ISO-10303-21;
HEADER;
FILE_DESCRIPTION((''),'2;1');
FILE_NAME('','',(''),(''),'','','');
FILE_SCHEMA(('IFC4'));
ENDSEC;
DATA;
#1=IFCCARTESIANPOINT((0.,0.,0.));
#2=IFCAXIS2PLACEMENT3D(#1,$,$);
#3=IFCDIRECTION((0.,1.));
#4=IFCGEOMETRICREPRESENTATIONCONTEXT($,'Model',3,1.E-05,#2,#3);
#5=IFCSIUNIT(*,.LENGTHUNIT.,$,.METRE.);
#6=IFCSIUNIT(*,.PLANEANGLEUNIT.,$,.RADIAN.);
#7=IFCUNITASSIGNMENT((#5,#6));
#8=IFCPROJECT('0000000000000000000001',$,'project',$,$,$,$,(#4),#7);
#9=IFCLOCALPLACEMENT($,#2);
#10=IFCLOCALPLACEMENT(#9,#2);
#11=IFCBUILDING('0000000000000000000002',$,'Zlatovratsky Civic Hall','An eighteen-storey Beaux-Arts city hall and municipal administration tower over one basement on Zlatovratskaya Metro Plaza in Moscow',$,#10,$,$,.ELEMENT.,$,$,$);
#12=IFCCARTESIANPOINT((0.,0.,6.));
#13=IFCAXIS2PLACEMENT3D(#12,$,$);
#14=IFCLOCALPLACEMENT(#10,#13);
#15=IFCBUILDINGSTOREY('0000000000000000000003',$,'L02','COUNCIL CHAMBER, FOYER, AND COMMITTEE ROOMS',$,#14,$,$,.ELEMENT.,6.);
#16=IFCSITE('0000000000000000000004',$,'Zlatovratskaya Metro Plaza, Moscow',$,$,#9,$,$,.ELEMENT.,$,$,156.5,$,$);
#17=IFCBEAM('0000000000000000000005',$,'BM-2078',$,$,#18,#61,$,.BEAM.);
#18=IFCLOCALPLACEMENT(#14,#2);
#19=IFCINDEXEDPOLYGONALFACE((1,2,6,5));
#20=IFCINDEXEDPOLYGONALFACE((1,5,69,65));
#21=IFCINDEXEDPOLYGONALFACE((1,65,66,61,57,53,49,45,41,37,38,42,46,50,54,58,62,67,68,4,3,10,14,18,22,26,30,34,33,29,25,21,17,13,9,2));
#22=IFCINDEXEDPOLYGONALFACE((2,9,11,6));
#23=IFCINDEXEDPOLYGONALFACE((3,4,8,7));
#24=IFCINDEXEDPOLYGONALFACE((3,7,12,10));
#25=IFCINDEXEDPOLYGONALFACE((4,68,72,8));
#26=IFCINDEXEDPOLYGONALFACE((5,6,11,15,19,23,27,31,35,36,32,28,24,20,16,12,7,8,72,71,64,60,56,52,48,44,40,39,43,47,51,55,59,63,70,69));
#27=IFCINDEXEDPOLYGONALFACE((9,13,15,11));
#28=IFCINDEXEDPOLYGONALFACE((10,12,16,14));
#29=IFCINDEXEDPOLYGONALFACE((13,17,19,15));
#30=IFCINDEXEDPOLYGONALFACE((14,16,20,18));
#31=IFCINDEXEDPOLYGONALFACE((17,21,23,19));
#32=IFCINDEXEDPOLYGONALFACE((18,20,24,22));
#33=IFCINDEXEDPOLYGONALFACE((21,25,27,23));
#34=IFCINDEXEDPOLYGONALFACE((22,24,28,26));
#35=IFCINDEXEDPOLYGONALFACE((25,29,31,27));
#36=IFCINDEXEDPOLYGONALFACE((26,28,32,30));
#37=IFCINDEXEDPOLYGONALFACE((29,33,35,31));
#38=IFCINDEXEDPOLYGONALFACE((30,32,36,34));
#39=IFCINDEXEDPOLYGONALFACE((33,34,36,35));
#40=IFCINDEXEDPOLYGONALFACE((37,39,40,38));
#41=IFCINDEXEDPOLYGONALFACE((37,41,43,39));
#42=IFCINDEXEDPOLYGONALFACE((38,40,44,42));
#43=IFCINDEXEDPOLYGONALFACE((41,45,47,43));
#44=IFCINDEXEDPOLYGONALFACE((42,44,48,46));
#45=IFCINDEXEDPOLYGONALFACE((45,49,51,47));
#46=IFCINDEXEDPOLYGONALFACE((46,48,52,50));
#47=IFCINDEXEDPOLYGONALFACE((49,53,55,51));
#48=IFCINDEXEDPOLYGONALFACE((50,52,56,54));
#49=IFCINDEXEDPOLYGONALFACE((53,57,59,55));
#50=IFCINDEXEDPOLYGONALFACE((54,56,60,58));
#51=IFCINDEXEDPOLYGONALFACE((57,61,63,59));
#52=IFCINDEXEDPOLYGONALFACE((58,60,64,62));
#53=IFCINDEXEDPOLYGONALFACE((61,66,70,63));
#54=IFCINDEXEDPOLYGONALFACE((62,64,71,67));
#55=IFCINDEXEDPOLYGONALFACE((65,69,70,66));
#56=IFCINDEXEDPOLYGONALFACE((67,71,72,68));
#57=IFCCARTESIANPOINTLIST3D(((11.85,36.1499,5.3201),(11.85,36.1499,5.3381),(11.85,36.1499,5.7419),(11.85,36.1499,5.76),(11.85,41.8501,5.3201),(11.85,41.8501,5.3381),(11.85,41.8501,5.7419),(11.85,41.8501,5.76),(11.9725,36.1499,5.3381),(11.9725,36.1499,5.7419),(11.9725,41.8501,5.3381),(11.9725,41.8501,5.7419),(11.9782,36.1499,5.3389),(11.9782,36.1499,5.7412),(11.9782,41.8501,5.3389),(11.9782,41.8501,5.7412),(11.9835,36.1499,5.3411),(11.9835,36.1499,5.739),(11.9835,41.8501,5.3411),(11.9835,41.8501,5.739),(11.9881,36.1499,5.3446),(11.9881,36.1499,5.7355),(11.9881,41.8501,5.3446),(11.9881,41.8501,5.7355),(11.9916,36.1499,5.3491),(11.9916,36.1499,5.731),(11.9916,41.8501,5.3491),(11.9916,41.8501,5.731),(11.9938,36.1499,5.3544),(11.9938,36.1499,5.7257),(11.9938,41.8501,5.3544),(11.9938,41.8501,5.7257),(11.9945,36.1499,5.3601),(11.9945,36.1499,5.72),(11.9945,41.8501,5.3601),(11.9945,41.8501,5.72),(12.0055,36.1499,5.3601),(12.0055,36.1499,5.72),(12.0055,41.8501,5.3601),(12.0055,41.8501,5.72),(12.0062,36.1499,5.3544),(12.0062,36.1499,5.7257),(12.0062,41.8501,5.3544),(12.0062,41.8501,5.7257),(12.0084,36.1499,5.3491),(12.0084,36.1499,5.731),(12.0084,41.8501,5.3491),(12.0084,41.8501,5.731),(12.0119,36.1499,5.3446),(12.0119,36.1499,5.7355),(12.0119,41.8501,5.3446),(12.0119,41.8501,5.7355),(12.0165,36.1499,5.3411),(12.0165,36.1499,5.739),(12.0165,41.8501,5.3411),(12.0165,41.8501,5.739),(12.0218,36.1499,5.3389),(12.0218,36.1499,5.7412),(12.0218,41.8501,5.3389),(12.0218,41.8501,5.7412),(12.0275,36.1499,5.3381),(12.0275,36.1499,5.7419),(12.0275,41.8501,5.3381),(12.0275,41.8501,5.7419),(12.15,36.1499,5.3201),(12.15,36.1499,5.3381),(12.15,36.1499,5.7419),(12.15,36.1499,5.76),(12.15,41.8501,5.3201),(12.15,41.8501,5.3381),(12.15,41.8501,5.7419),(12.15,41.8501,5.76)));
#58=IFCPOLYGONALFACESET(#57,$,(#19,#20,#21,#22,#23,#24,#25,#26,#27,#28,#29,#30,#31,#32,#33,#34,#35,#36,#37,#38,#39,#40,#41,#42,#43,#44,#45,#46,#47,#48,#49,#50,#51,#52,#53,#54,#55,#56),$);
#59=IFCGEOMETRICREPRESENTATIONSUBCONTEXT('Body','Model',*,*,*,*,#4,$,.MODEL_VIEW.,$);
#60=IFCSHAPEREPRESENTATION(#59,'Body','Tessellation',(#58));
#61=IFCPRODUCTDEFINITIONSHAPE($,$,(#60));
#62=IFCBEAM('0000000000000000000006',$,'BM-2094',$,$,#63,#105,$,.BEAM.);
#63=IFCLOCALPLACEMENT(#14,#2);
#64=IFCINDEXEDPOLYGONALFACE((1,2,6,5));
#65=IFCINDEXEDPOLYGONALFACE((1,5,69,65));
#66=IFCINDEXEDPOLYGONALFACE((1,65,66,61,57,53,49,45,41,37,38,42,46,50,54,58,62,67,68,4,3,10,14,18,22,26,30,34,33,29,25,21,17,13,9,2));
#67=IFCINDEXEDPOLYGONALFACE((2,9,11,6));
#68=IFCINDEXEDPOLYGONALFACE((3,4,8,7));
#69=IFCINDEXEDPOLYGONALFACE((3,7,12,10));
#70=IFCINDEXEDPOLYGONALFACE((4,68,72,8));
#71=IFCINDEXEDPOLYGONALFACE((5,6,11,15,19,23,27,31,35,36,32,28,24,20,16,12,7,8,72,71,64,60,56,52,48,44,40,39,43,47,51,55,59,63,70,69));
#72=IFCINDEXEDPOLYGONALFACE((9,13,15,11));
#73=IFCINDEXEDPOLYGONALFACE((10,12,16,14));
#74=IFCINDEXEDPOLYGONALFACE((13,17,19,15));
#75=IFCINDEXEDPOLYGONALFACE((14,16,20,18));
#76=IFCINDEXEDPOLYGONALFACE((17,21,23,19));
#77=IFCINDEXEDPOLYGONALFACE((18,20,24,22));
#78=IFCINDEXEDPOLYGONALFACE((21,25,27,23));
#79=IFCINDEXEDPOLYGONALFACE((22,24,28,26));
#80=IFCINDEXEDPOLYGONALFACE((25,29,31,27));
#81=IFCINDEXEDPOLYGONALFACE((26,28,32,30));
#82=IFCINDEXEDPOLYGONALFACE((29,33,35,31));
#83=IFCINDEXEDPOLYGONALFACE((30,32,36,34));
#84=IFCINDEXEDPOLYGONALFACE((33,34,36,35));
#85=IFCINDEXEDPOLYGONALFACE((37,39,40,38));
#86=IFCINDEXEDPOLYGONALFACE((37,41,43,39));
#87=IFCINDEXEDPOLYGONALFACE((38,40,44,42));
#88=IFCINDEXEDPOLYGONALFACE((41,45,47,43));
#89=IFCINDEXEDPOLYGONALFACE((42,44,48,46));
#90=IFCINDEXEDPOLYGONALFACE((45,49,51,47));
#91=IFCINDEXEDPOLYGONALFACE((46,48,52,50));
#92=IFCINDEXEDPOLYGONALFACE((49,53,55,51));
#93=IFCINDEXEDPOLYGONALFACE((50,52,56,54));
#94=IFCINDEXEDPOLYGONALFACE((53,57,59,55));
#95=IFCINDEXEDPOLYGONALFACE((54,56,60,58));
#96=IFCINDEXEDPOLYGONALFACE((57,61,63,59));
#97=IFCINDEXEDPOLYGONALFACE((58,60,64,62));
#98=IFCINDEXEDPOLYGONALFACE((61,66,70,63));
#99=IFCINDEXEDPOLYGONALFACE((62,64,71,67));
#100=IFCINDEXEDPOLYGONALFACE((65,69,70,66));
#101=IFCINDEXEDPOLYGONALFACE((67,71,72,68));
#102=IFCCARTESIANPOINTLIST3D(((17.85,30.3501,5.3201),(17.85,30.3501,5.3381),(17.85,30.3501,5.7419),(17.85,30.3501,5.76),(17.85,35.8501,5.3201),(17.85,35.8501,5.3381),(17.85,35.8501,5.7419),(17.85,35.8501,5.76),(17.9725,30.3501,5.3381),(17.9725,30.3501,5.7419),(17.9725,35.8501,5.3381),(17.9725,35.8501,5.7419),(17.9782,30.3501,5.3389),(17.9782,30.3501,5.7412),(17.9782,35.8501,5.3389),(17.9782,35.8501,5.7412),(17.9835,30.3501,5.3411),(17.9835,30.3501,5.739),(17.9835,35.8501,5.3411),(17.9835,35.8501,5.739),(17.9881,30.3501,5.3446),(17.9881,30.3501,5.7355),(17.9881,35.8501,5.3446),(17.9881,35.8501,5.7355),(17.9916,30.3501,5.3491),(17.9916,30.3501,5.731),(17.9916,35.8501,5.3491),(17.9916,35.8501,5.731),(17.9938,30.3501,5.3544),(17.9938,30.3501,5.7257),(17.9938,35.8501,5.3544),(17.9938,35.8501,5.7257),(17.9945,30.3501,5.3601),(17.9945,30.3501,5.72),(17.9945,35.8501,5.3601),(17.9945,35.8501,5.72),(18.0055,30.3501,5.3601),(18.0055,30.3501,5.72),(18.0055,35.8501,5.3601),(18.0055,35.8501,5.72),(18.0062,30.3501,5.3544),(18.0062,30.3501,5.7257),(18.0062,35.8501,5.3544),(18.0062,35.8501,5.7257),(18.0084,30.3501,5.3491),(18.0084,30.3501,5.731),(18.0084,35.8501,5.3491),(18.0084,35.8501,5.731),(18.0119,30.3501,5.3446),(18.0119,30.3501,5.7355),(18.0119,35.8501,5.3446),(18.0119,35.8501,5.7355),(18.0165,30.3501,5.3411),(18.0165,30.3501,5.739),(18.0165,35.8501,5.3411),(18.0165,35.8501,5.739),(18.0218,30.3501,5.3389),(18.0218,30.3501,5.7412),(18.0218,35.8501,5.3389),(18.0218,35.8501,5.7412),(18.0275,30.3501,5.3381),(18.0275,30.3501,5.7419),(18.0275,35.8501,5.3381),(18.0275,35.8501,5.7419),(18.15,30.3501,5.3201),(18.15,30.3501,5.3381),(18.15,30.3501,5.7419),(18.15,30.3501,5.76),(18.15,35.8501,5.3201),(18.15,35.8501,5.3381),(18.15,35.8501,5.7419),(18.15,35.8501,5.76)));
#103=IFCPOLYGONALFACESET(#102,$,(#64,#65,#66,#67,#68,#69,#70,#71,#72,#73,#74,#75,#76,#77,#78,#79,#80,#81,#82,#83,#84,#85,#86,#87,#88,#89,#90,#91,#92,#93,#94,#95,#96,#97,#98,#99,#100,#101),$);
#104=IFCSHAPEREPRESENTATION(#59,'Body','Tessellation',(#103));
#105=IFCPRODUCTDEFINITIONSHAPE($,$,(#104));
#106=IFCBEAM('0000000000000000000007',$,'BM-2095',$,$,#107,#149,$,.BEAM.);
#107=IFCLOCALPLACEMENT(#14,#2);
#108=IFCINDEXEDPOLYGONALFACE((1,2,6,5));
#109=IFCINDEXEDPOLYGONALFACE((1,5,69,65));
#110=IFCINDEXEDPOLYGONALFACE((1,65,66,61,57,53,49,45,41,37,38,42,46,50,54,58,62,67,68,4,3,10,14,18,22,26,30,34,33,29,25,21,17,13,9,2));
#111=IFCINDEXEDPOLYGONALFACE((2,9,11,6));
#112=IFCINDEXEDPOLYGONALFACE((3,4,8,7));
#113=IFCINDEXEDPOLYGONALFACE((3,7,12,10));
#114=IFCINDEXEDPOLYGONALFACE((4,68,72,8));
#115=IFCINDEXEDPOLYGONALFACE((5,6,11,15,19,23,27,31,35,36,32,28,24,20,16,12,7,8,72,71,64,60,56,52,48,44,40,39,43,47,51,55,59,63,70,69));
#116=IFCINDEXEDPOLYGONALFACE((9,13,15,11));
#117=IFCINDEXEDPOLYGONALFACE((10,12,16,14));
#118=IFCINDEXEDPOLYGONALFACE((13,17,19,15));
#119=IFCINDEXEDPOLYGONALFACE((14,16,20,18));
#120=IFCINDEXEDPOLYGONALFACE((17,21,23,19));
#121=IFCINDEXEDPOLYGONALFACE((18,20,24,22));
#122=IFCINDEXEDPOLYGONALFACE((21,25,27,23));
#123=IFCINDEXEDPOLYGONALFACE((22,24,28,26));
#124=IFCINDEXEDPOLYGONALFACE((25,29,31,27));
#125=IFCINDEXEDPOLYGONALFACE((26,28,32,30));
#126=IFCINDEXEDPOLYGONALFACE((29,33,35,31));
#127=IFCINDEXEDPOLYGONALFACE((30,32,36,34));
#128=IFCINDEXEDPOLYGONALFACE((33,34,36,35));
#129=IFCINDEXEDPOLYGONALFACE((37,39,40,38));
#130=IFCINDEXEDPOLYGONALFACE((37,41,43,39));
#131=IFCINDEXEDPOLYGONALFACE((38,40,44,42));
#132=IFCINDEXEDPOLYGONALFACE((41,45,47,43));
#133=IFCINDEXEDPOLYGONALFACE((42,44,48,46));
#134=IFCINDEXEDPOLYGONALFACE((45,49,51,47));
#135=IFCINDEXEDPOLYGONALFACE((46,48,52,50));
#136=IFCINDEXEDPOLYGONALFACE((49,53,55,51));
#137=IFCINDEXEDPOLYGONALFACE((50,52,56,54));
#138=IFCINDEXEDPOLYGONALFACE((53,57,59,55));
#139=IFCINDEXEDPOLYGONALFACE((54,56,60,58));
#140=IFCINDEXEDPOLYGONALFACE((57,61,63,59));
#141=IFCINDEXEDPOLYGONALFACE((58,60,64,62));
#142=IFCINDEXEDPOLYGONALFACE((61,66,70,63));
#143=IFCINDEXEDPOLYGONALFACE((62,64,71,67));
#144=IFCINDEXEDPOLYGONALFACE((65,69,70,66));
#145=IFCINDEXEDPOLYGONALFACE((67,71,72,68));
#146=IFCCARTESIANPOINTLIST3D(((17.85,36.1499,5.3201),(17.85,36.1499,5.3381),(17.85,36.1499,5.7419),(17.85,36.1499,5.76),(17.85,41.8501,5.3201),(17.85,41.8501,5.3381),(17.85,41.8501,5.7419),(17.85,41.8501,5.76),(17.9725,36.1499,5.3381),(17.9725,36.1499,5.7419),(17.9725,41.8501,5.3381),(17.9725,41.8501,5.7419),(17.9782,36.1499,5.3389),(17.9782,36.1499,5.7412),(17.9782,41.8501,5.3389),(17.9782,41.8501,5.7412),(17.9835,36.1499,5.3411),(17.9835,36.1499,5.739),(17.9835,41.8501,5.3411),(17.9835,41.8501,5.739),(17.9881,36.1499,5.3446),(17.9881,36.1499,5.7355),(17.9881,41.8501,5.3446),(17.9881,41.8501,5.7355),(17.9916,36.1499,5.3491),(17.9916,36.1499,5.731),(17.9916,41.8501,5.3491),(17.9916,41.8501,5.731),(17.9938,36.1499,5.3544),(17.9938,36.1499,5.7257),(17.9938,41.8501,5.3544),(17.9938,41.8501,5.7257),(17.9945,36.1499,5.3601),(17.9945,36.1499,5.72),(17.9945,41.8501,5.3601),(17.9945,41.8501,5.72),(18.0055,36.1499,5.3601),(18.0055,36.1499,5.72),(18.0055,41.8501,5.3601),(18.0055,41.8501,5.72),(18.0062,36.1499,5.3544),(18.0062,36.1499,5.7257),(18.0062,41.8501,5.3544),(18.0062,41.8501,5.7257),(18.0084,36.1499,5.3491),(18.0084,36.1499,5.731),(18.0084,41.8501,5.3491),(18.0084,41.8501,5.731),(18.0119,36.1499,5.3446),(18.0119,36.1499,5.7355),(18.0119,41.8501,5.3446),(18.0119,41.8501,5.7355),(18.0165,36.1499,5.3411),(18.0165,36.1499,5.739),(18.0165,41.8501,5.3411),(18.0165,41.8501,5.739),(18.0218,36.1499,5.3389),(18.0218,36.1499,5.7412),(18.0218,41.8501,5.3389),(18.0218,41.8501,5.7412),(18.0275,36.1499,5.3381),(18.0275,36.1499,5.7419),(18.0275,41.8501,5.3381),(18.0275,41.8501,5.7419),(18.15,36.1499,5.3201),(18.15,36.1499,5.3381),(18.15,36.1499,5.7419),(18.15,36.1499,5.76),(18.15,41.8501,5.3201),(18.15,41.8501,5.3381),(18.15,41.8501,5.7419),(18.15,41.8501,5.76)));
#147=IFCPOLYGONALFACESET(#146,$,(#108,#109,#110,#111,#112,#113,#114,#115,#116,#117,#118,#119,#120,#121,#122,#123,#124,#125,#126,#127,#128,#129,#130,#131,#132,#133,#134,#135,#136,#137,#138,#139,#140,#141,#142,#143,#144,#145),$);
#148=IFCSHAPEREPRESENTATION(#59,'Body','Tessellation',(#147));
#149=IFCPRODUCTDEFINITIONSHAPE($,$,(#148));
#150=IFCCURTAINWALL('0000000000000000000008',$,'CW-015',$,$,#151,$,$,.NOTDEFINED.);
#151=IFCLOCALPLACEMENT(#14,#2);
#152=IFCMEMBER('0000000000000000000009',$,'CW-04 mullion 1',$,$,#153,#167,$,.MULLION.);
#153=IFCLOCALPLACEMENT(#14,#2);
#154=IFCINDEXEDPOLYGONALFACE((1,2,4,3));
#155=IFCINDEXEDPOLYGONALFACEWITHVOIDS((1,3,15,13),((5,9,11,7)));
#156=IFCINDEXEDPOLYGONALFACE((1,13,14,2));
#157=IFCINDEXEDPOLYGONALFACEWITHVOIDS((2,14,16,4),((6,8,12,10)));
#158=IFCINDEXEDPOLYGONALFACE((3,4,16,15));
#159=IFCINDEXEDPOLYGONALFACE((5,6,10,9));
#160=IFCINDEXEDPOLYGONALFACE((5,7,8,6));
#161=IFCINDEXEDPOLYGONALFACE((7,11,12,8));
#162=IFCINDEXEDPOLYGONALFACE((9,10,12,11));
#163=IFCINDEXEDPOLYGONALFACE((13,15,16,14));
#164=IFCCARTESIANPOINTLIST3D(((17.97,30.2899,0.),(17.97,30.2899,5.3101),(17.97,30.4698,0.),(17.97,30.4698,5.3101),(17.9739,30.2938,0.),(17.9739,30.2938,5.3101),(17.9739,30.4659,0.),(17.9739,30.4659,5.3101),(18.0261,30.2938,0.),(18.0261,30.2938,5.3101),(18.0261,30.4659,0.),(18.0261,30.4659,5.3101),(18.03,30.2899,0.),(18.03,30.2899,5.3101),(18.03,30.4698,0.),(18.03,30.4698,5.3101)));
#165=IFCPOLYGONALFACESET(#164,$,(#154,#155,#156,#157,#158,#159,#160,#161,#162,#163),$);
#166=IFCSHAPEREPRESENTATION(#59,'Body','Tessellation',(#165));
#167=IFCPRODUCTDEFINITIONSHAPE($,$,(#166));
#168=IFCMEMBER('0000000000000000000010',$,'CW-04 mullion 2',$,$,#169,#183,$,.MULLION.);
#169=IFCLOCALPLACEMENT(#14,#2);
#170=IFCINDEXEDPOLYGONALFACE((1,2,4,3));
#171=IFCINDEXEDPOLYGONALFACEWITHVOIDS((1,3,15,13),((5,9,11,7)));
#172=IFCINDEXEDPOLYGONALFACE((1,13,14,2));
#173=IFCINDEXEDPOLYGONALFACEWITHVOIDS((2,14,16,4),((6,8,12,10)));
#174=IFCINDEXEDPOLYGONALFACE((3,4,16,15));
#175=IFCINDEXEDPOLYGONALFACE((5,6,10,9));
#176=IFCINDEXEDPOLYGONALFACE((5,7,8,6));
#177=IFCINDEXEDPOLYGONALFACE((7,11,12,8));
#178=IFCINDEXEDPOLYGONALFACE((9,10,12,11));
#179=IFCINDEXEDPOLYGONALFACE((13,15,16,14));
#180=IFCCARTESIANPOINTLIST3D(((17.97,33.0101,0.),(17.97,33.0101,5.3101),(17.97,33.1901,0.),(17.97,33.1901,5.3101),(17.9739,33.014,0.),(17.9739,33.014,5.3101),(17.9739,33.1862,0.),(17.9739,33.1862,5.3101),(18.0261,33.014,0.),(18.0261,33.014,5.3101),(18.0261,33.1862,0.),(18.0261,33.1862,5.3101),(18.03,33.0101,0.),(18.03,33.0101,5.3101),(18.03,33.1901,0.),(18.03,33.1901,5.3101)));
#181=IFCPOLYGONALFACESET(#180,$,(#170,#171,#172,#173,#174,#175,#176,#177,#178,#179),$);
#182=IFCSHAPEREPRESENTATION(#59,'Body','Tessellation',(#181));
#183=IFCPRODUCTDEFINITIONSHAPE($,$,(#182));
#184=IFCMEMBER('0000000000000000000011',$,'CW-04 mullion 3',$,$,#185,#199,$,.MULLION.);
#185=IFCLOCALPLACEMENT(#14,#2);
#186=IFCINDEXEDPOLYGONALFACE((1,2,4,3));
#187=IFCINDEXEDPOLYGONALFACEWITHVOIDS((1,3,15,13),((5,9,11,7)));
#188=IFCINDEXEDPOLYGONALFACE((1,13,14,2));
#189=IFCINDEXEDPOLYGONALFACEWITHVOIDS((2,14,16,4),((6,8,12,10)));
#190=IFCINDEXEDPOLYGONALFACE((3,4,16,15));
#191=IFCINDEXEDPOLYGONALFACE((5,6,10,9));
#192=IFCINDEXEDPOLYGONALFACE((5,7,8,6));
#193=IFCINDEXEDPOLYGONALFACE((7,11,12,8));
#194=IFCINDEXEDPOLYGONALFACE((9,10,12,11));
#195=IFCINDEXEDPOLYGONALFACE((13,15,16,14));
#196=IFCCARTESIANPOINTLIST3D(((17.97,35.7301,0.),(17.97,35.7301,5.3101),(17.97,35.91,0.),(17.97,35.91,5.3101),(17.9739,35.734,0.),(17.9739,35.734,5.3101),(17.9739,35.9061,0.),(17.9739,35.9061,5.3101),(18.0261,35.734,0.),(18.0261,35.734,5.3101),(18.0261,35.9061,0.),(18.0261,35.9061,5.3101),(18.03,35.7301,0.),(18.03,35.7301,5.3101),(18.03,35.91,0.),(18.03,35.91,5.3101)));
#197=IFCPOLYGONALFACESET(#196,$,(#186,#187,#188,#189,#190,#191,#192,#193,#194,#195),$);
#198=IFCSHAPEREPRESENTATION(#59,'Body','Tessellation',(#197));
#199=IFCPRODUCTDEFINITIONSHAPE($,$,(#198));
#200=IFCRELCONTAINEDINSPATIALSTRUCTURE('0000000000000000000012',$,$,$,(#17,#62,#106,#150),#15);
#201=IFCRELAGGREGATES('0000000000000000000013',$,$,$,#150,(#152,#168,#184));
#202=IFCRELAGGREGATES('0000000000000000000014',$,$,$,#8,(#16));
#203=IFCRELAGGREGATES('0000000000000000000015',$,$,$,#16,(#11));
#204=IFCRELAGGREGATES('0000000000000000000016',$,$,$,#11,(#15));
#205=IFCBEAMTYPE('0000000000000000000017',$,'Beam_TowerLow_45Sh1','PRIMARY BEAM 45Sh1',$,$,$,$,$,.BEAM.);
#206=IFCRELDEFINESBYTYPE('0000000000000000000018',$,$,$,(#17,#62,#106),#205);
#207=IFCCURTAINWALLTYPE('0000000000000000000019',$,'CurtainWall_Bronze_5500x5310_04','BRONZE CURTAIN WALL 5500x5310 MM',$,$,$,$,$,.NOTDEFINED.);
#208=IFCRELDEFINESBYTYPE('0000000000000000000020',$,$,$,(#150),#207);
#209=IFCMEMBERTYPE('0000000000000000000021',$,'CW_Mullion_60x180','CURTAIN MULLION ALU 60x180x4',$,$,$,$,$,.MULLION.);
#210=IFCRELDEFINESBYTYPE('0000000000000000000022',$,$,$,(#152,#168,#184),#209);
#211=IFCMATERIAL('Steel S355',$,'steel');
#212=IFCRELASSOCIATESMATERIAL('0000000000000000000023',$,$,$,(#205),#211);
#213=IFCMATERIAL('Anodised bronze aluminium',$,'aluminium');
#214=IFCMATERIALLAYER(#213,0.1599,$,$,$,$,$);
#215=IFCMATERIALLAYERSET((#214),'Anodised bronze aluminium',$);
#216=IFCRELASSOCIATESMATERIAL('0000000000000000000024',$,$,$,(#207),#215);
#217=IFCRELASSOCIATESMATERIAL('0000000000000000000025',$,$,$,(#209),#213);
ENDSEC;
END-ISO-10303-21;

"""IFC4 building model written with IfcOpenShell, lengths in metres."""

from ifc_helpers import new_model, si_unit, direction, frame, origin, origin_2d, place, context, subcontext, project, spatial, hollow_rectangle, i_section, extrude, material, layer, layer_set, material_profile, profile_set, type_object, element, aggregate, save


model = new_model("IFC4")

# Units and contexts
model_context = context("Model", 3, precision=1e-05, world=origin(), true_north=direction((0.0, 1.0)))
body_context = subcontext(model_context, "Body", "Model", "MODEL_VIEW")
ifc_project = project(units=[si_unit("LENGTHUNIT", "METRE"), si_unit("PLANEANGLEUNIT", "RADIAN")], contexts=[model_context])

# Site, building, storey
site_placement = place(None, origin())
site = spatial("IfcSite", under=ifc_project, at=site_placement, Name="Zlatovratskaya Metro Plaza, Moscow", CompositionType="ELEMENT", RefElevation=156.5)
building_placement = place(site_placement, origin())
building = spatial("IfcBuilding", under=site, at=building_placement, Name="Zlatovratsky Civic Hall", Description="An eighteen-storey Beaux-Arts city hall and municipal administration tower over one basement on Zlatovratskaya Metro Plaza in Moscow", CompositionType="ELEMENT")
storey_placement = place(building_placement, frame((0.0, 0.0, 6.0)))
storey = spatial("IfcBuildingStorey", under=building, at=storey_placement, Name="L02", Description="COUNCIL CHAMBER, FOYER, AND COMMITTEE ROOMS", CompositionType="ELEMENT", Elevation=6.0)

# Shared definitions
ifc_material_1 = material(Name="Steel S355", Category="steel")

# Beams
ifc_material_profile_1 = material_profile(ifc_material_1, i_section(OverallWidth=0.3, OverallDepth=0.4399, WebThickness=0.011, FlangeThickness=0.0181, FilletRadius=0.022, at=origin_2d()), Name="45Sh1")
ifc_profile_set_1 = profile_set([ifc_material_profile_1], Name="Steel S355")
beam_type_1 = type_object("IfcBeamType", Name="Beam_TowerLow_45Sh1", Description="PRIMARY BEAM 45Sh1", PredefinedType="BEAM", material=ifc_profile_set_1)
beam_1_placement = place(storey_placement, frame((12.0, 36.1499, 5.54), z_axis=(0.0, 1.0, 0.0), x_axis=(-1.0, 0.0, 0.0)))
element("IfcBeam", 1, at=beam_1_placement, inside=storey, type_object=beam_type_1, Name="BM-2078", PredefinedType="BEAM", context=body_context, shape_type="SweptSolid", body=[
    extrude(i_section(OverallWidth=0.3, OverallDepth=0.4399, WebThickness=0.011, FlangeThickness=0.0181, FilletRadius=0.022, at=origin_2d()), origin(), (0.0, 0.0, 1.0), 5.7002),
])
beam_2_placement = place(storey_placement, frame((18.0, 30.3501, 5.54), z_axis=(0.0, 1.0, 0.0), x_axis=(-1.0, 0.0, 0.0)))
element("IfcBeam", 2, at=beam_2_placement, inside=storey, type_object=beam_type_1, Name="BM-2094", PredefinedType="BEAM", context=body_context, shape_type="SweptSolid", body=[
    extrude(i_section(OverallWidth=0.3, OverallDepth=0.4399, WebThickness=0.011, FlangeThickness=0.0181, FilletRadius=0.022, at=origin_2d()), origin(), (0.0, 0.0, 1.0), 5.5),
])
beam_3_placement = place(storey_placement, frame((18.0, 36.1499, 5.54), z_axis=(0.0, 1.0, 0.0), x_axis=(-1.0, 0.0, 0.0)))
element("IfcBeam", 3, at=beam_3_placement, inside=storey, type_object=beam_type_1, Name="BM-2095", PredefinedType="BEAM", context=body_context, shape_type="SweptSolid", body=[
    extrude(i_section(OverallWidth=0.3, OverallDepth=0.4399, WebThickness=0.011, FlangeThickness=0.0181, FilletRadius=0.022, at=origin_2d()), origin(), (0.0, 0.0, 1.0), 5.7002),
])

# Curtain wall, members
ifc_material_2 = material(Name="Anodised bronze aluminium", Category="aluminium")
ifc_layer_1 = layer(ifc_material_2, 0.1599)
ifc_layer_set_1 = layer_set([ifc_layer_1], Name="Anodised bronze aluminium")
curtain_wall_type_1 = type_object("IfcCurtainWallType", Name="CurtainWall_Bronze_5500x5310_04", Description="BRONZE CURTAIN WALL 5500x5310 MM", PredefinedType="NOTDEFINED", material=ifc_layer_set_1)
curtain_wall_1_placement = place(storey_placement, origin())
curtain_wall_1 = element("IfcCurtainWall", 4, at=curtain_wall_1_placement, inside=storey, type_object=curtain_wall_type_1, Name="CW-015", PredefinedType="NOTDEFINED")
ifc_material_profile_2 = material_profile(ifc_material_2, hollow_rectangle(XDim=0.0601, YDim=0.1799, WallThickness=0.0039, at=origin_2d()), Name="ALU 60x180x4")
ifc_profile_set_2 = profile_set([ifc_material_profile_2], Name="Anodised bronze aluminium")
member_type_1 = type_object("IfcMemberType", Name="CW_Mullion_60x180", Description="CURTAIN MULLION ALU 60x180x4", PredefinedType="MULLION", material=ifc_profile_set_2)
member_1_placement = place(storey_placement, frame((18.0, 30.3799, 0.0), z_axis=(0.0, 0.0, 1.0), x_axis=(-1.0, 0.0, 0.0)))
member_1 = element("IfcMember", 5, at=member_1_placement, type_object=member_type_1, Name="CW-04 mullion 1", PredefinedType="MULLION", context=body_context, shape_type="SweptSolid", body=[
    extrude(hollow_rectangle(XDim=0.0601, YDim=0.1799, WallThickness=0.0039, at=origin_2d()), origin(), (0.0, 0.0, 1.0), 5.3101),
])
member_2_placement = place(storey_placement, frame((18.0, 33.1001, 0.0), z_axis=(0.0, 0.0, 1.0), x_axis=(-1.0, 0.0, 0.0)))
member_2 = element("IfcMember", 6, at=member_2_placement, type_object=member_type_1, Name="CW-04 mullion 2", PredefinedType="MULLION", context=body_context, shape_type="SweptSolid", body=[
    extrude(hollow_rectangle(XDim=0.0601, YDim=0.1799, WallThickness=0.0039, at=origin_2d()), origin(), (0.0, 0.0, 1.0), 5.3101),
])
member_3_placement = place(storey_placement, frame((18.0, 35.8201, 0.0), z_axis=(0.0, 0.0, 1.0), x_axis=(-1.0, 0.0, 0.0)))
member_3 = element("IfcMember", 7, at=member_3_placement, type_object=member_type_1, Name="CW-04 mullion 3", PredefinedType="MULLION", context=body_context, shape_type="SweptSolid", body=[
    extrude(hollow_rectangle(XDim=0.0601, YDim=0.1799, WallThickness=0.0039, at=origin_2d()), origin(), (0.0, 0.0, 1.0), 5.3101),
])

aggregate(curtain_wall_1, [member_1, member_2, member_3])

save(model, "model.ifc")
